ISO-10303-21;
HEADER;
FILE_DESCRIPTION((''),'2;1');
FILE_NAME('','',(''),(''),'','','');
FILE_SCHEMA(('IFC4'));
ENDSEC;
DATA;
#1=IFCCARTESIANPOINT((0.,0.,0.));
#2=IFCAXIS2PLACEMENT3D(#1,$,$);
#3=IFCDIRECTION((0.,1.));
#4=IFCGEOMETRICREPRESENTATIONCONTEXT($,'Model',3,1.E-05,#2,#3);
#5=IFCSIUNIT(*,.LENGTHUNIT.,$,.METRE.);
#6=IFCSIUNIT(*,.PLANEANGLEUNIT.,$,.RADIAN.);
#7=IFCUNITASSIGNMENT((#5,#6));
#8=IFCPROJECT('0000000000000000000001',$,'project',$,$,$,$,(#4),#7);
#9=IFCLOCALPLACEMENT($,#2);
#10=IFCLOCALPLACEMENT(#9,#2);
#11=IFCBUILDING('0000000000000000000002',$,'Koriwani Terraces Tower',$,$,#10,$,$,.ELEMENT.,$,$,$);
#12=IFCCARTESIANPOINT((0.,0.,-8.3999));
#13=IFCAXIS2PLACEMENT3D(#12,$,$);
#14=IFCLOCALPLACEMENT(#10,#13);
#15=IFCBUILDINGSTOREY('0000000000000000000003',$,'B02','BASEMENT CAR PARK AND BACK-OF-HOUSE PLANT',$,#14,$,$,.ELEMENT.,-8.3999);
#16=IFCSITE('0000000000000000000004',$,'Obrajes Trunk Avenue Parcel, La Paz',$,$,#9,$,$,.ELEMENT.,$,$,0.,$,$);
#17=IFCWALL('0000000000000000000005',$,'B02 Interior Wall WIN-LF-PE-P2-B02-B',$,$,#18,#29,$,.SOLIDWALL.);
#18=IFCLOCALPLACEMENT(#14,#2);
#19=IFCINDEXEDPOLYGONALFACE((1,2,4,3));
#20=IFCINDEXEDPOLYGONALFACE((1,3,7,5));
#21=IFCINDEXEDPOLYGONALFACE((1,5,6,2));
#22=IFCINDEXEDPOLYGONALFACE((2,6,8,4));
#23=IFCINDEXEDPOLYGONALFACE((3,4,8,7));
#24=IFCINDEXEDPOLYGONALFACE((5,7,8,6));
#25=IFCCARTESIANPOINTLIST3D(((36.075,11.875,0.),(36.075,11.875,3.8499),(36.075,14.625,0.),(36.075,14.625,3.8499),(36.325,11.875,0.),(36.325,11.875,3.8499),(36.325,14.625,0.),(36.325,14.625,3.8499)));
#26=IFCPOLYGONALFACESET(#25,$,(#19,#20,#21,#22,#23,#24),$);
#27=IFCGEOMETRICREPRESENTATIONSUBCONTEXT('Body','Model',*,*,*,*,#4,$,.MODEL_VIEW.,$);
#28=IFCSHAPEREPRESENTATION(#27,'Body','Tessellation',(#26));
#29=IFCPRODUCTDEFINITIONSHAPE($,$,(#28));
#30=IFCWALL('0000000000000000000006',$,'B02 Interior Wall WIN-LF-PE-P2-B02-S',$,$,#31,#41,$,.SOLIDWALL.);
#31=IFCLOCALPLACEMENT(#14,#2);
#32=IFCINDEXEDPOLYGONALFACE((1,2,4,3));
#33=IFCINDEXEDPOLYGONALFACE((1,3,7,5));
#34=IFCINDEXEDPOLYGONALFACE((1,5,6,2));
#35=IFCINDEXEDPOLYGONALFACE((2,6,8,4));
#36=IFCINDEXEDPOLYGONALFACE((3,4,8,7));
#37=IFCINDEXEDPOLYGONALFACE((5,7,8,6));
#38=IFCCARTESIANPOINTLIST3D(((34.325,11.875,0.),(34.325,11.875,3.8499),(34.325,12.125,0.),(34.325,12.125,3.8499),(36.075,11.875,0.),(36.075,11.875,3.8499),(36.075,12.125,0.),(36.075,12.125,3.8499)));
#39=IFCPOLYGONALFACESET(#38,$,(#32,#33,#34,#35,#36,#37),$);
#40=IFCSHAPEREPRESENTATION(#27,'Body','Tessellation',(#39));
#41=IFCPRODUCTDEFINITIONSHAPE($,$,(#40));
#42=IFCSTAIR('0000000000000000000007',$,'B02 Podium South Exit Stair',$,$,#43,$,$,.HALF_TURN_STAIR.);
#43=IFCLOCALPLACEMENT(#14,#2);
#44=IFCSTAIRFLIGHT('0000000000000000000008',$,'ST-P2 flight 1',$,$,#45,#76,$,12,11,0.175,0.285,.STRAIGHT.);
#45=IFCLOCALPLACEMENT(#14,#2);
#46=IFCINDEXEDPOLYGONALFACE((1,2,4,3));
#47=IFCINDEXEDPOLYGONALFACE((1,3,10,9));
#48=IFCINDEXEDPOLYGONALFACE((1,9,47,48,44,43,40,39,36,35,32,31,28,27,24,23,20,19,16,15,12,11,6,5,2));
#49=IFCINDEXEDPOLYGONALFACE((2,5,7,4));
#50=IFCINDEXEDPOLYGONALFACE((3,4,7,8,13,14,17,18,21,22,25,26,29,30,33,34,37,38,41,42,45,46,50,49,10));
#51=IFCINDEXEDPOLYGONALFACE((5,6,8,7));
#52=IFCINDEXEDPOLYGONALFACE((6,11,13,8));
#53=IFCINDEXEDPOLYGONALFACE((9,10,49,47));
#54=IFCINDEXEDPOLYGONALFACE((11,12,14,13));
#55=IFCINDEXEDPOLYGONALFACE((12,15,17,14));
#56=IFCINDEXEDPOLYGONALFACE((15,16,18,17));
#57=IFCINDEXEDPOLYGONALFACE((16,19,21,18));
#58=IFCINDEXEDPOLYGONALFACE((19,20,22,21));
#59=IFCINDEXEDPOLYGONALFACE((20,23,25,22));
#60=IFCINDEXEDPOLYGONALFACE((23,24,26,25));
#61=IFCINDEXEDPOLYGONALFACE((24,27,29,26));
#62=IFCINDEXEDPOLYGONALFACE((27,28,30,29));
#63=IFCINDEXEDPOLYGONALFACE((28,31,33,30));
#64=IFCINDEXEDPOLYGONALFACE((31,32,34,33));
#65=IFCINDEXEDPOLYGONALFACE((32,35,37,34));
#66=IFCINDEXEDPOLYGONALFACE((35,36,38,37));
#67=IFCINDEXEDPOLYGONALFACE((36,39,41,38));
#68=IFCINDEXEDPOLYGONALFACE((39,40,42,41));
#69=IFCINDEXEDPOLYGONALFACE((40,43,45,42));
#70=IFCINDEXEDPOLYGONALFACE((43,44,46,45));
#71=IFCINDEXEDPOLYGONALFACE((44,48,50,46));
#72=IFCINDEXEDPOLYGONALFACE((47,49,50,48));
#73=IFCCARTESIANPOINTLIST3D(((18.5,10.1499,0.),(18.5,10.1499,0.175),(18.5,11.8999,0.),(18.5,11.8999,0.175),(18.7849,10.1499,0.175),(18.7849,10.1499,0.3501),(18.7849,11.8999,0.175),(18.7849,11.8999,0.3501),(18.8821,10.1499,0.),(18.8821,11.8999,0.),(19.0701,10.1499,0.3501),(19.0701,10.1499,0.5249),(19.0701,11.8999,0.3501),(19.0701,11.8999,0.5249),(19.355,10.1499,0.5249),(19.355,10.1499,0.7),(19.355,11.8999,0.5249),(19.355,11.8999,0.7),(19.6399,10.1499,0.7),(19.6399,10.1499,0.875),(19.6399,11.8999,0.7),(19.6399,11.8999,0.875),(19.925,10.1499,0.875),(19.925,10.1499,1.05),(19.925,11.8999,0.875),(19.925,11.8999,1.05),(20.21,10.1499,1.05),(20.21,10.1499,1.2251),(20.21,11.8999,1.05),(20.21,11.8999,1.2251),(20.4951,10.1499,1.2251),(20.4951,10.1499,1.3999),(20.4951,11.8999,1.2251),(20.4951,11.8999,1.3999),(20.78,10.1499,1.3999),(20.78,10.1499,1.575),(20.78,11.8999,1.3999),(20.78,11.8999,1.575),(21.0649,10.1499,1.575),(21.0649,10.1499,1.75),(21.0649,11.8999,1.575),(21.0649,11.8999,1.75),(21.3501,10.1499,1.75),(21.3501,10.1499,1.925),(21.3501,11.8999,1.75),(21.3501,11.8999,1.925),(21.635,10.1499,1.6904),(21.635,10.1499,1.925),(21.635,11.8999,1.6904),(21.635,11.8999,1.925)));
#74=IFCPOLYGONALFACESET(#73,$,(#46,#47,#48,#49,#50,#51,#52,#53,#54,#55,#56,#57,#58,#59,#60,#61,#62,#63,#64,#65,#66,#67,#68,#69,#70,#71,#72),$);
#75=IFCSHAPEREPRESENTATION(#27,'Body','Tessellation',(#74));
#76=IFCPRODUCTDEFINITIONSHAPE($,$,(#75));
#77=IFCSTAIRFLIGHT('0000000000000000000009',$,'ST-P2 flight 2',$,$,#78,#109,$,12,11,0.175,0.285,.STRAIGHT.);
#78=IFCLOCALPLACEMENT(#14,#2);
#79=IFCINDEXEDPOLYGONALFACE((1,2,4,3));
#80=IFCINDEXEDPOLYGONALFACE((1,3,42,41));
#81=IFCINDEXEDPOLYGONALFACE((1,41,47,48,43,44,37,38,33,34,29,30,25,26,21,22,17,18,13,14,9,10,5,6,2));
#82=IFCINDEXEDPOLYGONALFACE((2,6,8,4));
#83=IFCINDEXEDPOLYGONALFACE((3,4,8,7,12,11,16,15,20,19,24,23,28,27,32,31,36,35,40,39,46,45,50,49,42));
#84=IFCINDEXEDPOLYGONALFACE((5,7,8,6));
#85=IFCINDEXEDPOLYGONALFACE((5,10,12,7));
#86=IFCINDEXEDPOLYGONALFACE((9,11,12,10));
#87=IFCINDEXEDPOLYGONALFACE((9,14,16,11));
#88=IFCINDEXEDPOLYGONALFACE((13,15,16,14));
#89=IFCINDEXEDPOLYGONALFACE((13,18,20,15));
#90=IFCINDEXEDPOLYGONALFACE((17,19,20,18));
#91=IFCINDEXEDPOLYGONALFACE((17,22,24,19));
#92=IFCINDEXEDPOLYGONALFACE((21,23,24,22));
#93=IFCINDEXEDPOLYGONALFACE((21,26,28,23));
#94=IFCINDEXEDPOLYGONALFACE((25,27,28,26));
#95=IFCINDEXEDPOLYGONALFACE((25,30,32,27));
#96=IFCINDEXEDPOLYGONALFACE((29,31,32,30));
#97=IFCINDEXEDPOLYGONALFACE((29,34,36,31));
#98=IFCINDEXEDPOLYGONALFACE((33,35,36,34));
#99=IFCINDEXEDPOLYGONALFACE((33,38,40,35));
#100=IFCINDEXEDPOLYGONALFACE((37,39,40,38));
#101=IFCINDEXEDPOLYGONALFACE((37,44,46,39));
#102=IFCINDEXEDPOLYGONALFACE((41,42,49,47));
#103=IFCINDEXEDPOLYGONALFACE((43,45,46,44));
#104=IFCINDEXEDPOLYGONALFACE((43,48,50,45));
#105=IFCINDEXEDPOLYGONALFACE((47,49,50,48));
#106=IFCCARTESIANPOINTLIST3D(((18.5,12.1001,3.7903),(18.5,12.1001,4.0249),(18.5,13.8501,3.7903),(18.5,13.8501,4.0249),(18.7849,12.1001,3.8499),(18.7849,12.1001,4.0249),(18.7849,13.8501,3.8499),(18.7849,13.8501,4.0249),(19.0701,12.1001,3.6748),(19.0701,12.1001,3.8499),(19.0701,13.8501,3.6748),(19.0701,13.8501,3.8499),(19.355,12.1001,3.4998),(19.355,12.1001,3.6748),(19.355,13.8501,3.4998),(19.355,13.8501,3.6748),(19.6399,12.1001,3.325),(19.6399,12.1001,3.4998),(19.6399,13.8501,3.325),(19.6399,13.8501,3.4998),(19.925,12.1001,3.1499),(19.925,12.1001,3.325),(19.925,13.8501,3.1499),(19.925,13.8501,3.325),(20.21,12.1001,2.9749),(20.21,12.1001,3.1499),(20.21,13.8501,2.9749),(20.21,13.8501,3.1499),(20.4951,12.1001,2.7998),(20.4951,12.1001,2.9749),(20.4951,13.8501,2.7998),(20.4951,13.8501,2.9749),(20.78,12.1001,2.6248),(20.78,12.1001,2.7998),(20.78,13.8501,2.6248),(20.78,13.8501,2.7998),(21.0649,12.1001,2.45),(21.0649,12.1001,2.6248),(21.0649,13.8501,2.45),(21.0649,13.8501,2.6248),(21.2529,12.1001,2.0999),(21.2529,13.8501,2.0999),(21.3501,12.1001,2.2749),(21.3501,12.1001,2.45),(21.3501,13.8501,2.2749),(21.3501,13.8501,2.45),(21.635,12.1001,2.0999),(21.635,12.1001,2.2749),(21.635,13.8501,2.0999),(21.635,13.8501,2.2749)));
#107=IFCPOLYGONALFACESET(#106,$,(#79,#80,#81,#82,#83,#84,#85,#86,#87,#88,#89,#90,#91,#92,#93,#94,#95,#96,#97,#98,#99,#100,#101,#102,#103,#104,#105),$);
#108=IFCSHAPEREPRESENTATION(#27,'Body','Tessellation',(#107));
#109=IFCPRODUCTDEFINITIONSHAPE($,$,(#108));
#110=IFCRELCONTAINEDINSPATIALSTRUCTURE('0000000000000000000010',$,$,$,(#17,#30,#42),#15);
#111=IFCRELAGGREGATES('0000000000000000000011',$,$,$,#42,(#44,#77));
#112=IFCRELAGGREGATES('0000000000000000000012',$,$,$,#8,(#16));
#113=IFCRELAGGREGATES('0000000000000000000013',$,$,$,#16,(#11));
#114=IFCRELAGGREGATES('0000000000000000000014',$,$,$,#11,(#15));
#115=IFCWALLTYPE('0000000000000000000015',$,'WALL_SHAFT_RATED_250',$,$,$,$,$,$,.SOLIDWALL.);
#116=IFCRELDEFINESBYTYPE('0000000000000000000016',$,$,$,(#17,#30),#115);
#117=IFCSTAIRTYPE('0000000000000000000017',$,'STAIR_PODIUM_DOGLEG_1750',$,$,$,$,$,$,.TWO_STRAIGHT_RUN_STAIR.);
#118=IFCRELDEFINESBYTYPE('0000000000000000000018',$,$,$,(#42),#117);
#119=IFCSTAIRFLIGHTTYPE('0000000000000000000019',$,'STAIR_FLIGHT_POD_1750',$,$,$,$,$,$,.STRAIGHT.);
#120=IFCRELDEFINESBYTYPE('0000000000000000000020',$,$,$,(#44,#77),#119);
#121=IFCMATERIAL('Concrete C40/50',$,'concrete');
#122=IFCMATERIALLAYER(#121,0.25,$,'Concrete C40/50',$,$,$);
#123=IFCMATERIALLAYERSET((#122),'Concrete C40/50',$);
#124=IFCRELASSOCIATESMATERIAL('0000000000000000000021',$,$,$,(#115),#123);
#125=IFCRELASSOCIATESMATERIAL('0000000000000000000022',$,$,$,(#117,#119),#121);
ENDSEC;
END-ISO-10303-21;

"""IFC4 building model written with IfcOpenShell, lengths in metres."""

from ifc_helpers import new_model, si_unit, direction, frame, frame_2d, origin, place, context, subcontext, project, spatial, polyline, rectangle, outline, extrude, material, layer, layer_set, type_object, element, aggregate, save


model = new_model("IFC4")

# Units and contexts
model_context = context("Model", 3, precision=1e-05, world=origin(), true_north=direction((0.0, 1.0)))
body_context = subcontext(model_context, "Body", "Model", "MODEL_VIEW")
ifc_project = project(units=[si_unit("LENGTHUNIT", "METRE"), si_unit("PLANEANGLEUNIT", "RADIAN")], contexts=[model_context])

# Site, building, storey
site_placement = place(None, origin())
site = spatial("IfcSite", under=ifc_project, at=site_placement, Name="Obrajes Trunk Avenue Parcel, La Paz", CompositionType="ELEMENT", RefElevation=0.0)
building_placement = place(site_placement, origin())
building = spatial("IfcBuilding", under=site, at=building_placement, Name="Koriwani Terraces Tower", CompositionType="ELEMENT")
storey_placement = place(building_placement, frame((0.0, 0.0, -8.3999)))
storey = spatial("IfcBuildingStorey", under=building, at=storey_placement, Name="B02", Description="BASEMENT CAR PARK AND BACK-OF-HOUSE PLANT", CompositionType="ELEMENT", Elevation=-8.3999)

# Shared definitions
ifc_material_1 = material(Name="Concrete C40/50", Category="concrete")

# Shared definitions
ifc_layer = layer(ifc_material_1, 0.25, Name="Concrete C40/50")
ifc_layer_set = layer_set([ifc_layer], Name="Concrete C40/50")
wall_type = type_object("IfcWallType", Name="WALL_SHAFT_RATED_250", PredefinedType="SOLIDWALL", material=ifc_layer_set)

# Walls
wall_1_placement = place(storey_placement, frame((36.2, 11.875, 0.0), z_axis=(0.0, 0.0, 1.0), x_axis=(0.0, 1.0, 0.0)))
element("IfcWall", 1, at=wall_1_placement, inside=storey, type_object=wall_type, Name="B02 Interior Wall WIN-LF-PE-P2-B02-B", PredefinedType="SOLIDWALL", context=body_context, shape_type="SweptSolid", body=[
    extrude(rectangle(XDim=2.75, YDim=0.25, at=frame_2d((1.375, 0.0))), origin(), (0.0, 0.0, 1.0), 3.8499),
])
wall_2_placement = place(storey_placement, frame((34.325, 12.0, 0.0), z_axis=(0.0, 0.0, 1.0), x_axis=(1.0, 0.0, 0.0)))
element("IfcWall", 2, at=wall_2_placement, inside=storey, type_object=wall_type, Name="B02 Interior Wall WIN-LF-PE-P2-B02-S", PredefinedType="SOLIDWALL", context=body_context, shape_type="SweptSolid", body=[
    extrude(rectangle(XDim=1.75, YDim=0.25, at=frame_2d((0.875, 0.0))), origin(), (0.0, 0.0, 1.0), 3.8499),
])

# Stair, stair flights
stair_type = type_object("IfcStairType", Name="STAIR_PODIUM_DOGLEG_1750", PredefinedType="TWO_STRAIGHT_RUN_STAIR", material=ifc_material_1)
stair_placement = place(storey_placement, origin())
stair = element("IfcStair", 3, at=stair_placement, inside=storey, type_object=stair_type, Name="B02 Podium South Exit Stair", PredefinedType="HALF_TURN_STAIR")
stair_flight_type = type_object("IfcStairFlightType", Name="STAIR_FLIGHT_POD_1750", PredefinedType="STRAIGHT", material=ifc_material_1)
stair_flight_1_placement = place(storey_placement, frame((18.5, 11.0249, 0.0), z_axis=(0.0, 0.0, 1.0), x_axis=(1.0, 0.0, 0.0)))
stair_flight_1 = element("IfcStairFlight", 4, at=stair_flight_1_placement, type_object=stair_flight_type, Name="ST-P2 flight 1", NumberOfRisers=12, NumberOfTreads=11, PredefinedType="STRAIGHT", RiserHeight=0.175, TreadLength=0.285, context=body_context, shape_type="SweptSolid", body=[
    extrude(outline(polyline([(0.0, 0.0), (0.0, 0.175), (0.2849, 0.175), (0.2849, 0.3501), (0.5701, 0.3501), (0.5701, 0.5249), (0.855, 0.5249), (0.855, 0.7), (1.1399, 0.7), (1.1399, 0.875), (1.425, 0.875), (1.425, 1.05), (1.71, 1.05), (1.71, 1.2251), (1.9951, 1.2251), (1.9951, 1.3999), (2.28, 1.3999), (2.28, 1.575), (2.5649, 1.575), (2.5649, 1.75), (2.8501, 1.75), (2.8501, 1.925), (3.135, 1.925), (3.135, 2.1001), (3.135, 1.6904), (0.3821, 0.0), (0.0, 0.0)])), frame((0.0, 0.875, 0.0), z_axis=(0.0, -1.0, 0.0), x_axis=(1.0, 0.0, 0.0)), (0.0, 0.0, 1.0), 1.75),
])
stair_flight_2_placement = place(storey_placement, frame((21.635, 12.9751, 2.0999), z_axis=(0.0, 0.0, 1.0), x_axis=(-1.0, 0.0, 0.0)))
stair_flight_2 = element("IfcStairFlight", 5, at=stair_flight_2_placement, type_object=stair_flight_type, Name="ST-P2 flight 2", NumberOfRisers=12, NumberOfTreads=11, PredefinedType="STRAIGHT", RiserHeight=0.175, TreadLength=0.285, context=body_context, shape_type="SweptSolid", body=[
    extrude(outline(polyline([(0.0, 0.0), (0.0, 0.175), (0.2849, 0.175), (0.2849, 0.3501), (0.5701, 0.3501), (0.5701, 0.5249), (0.855, 0.5249), (0.855, 0.7), (1.1399, 0.7), (1.1399, 0.875), (1.425, 0.875), (1.425, 1.05), (1.71, 1.05), (1.71, 1.2251), (1.9951, 1.2251), (1.9951, 1.3999), (2.28, 1.3999), (2.28, 1.575), (2.5649, 1.575), (2.5649, 1.75), (2.8501, 1.75), (2.8501, 1.925), (3.135, 1.925), (3.135, 2.1001), (3.135, 1.6904), (0.3821, 0.0), (0.0, 0.0)])), frame((0.0, 0.875, 0.0), z_axis=(0.0, -1.0, 0.0), x_axis=(1.0, 0.0, 0.0)), (0.0, 0.0, 1.0), 1.75),
])
aggregate(stair, [stair_flight_1, stair_flight_2])

save(model, "model.ifc")
